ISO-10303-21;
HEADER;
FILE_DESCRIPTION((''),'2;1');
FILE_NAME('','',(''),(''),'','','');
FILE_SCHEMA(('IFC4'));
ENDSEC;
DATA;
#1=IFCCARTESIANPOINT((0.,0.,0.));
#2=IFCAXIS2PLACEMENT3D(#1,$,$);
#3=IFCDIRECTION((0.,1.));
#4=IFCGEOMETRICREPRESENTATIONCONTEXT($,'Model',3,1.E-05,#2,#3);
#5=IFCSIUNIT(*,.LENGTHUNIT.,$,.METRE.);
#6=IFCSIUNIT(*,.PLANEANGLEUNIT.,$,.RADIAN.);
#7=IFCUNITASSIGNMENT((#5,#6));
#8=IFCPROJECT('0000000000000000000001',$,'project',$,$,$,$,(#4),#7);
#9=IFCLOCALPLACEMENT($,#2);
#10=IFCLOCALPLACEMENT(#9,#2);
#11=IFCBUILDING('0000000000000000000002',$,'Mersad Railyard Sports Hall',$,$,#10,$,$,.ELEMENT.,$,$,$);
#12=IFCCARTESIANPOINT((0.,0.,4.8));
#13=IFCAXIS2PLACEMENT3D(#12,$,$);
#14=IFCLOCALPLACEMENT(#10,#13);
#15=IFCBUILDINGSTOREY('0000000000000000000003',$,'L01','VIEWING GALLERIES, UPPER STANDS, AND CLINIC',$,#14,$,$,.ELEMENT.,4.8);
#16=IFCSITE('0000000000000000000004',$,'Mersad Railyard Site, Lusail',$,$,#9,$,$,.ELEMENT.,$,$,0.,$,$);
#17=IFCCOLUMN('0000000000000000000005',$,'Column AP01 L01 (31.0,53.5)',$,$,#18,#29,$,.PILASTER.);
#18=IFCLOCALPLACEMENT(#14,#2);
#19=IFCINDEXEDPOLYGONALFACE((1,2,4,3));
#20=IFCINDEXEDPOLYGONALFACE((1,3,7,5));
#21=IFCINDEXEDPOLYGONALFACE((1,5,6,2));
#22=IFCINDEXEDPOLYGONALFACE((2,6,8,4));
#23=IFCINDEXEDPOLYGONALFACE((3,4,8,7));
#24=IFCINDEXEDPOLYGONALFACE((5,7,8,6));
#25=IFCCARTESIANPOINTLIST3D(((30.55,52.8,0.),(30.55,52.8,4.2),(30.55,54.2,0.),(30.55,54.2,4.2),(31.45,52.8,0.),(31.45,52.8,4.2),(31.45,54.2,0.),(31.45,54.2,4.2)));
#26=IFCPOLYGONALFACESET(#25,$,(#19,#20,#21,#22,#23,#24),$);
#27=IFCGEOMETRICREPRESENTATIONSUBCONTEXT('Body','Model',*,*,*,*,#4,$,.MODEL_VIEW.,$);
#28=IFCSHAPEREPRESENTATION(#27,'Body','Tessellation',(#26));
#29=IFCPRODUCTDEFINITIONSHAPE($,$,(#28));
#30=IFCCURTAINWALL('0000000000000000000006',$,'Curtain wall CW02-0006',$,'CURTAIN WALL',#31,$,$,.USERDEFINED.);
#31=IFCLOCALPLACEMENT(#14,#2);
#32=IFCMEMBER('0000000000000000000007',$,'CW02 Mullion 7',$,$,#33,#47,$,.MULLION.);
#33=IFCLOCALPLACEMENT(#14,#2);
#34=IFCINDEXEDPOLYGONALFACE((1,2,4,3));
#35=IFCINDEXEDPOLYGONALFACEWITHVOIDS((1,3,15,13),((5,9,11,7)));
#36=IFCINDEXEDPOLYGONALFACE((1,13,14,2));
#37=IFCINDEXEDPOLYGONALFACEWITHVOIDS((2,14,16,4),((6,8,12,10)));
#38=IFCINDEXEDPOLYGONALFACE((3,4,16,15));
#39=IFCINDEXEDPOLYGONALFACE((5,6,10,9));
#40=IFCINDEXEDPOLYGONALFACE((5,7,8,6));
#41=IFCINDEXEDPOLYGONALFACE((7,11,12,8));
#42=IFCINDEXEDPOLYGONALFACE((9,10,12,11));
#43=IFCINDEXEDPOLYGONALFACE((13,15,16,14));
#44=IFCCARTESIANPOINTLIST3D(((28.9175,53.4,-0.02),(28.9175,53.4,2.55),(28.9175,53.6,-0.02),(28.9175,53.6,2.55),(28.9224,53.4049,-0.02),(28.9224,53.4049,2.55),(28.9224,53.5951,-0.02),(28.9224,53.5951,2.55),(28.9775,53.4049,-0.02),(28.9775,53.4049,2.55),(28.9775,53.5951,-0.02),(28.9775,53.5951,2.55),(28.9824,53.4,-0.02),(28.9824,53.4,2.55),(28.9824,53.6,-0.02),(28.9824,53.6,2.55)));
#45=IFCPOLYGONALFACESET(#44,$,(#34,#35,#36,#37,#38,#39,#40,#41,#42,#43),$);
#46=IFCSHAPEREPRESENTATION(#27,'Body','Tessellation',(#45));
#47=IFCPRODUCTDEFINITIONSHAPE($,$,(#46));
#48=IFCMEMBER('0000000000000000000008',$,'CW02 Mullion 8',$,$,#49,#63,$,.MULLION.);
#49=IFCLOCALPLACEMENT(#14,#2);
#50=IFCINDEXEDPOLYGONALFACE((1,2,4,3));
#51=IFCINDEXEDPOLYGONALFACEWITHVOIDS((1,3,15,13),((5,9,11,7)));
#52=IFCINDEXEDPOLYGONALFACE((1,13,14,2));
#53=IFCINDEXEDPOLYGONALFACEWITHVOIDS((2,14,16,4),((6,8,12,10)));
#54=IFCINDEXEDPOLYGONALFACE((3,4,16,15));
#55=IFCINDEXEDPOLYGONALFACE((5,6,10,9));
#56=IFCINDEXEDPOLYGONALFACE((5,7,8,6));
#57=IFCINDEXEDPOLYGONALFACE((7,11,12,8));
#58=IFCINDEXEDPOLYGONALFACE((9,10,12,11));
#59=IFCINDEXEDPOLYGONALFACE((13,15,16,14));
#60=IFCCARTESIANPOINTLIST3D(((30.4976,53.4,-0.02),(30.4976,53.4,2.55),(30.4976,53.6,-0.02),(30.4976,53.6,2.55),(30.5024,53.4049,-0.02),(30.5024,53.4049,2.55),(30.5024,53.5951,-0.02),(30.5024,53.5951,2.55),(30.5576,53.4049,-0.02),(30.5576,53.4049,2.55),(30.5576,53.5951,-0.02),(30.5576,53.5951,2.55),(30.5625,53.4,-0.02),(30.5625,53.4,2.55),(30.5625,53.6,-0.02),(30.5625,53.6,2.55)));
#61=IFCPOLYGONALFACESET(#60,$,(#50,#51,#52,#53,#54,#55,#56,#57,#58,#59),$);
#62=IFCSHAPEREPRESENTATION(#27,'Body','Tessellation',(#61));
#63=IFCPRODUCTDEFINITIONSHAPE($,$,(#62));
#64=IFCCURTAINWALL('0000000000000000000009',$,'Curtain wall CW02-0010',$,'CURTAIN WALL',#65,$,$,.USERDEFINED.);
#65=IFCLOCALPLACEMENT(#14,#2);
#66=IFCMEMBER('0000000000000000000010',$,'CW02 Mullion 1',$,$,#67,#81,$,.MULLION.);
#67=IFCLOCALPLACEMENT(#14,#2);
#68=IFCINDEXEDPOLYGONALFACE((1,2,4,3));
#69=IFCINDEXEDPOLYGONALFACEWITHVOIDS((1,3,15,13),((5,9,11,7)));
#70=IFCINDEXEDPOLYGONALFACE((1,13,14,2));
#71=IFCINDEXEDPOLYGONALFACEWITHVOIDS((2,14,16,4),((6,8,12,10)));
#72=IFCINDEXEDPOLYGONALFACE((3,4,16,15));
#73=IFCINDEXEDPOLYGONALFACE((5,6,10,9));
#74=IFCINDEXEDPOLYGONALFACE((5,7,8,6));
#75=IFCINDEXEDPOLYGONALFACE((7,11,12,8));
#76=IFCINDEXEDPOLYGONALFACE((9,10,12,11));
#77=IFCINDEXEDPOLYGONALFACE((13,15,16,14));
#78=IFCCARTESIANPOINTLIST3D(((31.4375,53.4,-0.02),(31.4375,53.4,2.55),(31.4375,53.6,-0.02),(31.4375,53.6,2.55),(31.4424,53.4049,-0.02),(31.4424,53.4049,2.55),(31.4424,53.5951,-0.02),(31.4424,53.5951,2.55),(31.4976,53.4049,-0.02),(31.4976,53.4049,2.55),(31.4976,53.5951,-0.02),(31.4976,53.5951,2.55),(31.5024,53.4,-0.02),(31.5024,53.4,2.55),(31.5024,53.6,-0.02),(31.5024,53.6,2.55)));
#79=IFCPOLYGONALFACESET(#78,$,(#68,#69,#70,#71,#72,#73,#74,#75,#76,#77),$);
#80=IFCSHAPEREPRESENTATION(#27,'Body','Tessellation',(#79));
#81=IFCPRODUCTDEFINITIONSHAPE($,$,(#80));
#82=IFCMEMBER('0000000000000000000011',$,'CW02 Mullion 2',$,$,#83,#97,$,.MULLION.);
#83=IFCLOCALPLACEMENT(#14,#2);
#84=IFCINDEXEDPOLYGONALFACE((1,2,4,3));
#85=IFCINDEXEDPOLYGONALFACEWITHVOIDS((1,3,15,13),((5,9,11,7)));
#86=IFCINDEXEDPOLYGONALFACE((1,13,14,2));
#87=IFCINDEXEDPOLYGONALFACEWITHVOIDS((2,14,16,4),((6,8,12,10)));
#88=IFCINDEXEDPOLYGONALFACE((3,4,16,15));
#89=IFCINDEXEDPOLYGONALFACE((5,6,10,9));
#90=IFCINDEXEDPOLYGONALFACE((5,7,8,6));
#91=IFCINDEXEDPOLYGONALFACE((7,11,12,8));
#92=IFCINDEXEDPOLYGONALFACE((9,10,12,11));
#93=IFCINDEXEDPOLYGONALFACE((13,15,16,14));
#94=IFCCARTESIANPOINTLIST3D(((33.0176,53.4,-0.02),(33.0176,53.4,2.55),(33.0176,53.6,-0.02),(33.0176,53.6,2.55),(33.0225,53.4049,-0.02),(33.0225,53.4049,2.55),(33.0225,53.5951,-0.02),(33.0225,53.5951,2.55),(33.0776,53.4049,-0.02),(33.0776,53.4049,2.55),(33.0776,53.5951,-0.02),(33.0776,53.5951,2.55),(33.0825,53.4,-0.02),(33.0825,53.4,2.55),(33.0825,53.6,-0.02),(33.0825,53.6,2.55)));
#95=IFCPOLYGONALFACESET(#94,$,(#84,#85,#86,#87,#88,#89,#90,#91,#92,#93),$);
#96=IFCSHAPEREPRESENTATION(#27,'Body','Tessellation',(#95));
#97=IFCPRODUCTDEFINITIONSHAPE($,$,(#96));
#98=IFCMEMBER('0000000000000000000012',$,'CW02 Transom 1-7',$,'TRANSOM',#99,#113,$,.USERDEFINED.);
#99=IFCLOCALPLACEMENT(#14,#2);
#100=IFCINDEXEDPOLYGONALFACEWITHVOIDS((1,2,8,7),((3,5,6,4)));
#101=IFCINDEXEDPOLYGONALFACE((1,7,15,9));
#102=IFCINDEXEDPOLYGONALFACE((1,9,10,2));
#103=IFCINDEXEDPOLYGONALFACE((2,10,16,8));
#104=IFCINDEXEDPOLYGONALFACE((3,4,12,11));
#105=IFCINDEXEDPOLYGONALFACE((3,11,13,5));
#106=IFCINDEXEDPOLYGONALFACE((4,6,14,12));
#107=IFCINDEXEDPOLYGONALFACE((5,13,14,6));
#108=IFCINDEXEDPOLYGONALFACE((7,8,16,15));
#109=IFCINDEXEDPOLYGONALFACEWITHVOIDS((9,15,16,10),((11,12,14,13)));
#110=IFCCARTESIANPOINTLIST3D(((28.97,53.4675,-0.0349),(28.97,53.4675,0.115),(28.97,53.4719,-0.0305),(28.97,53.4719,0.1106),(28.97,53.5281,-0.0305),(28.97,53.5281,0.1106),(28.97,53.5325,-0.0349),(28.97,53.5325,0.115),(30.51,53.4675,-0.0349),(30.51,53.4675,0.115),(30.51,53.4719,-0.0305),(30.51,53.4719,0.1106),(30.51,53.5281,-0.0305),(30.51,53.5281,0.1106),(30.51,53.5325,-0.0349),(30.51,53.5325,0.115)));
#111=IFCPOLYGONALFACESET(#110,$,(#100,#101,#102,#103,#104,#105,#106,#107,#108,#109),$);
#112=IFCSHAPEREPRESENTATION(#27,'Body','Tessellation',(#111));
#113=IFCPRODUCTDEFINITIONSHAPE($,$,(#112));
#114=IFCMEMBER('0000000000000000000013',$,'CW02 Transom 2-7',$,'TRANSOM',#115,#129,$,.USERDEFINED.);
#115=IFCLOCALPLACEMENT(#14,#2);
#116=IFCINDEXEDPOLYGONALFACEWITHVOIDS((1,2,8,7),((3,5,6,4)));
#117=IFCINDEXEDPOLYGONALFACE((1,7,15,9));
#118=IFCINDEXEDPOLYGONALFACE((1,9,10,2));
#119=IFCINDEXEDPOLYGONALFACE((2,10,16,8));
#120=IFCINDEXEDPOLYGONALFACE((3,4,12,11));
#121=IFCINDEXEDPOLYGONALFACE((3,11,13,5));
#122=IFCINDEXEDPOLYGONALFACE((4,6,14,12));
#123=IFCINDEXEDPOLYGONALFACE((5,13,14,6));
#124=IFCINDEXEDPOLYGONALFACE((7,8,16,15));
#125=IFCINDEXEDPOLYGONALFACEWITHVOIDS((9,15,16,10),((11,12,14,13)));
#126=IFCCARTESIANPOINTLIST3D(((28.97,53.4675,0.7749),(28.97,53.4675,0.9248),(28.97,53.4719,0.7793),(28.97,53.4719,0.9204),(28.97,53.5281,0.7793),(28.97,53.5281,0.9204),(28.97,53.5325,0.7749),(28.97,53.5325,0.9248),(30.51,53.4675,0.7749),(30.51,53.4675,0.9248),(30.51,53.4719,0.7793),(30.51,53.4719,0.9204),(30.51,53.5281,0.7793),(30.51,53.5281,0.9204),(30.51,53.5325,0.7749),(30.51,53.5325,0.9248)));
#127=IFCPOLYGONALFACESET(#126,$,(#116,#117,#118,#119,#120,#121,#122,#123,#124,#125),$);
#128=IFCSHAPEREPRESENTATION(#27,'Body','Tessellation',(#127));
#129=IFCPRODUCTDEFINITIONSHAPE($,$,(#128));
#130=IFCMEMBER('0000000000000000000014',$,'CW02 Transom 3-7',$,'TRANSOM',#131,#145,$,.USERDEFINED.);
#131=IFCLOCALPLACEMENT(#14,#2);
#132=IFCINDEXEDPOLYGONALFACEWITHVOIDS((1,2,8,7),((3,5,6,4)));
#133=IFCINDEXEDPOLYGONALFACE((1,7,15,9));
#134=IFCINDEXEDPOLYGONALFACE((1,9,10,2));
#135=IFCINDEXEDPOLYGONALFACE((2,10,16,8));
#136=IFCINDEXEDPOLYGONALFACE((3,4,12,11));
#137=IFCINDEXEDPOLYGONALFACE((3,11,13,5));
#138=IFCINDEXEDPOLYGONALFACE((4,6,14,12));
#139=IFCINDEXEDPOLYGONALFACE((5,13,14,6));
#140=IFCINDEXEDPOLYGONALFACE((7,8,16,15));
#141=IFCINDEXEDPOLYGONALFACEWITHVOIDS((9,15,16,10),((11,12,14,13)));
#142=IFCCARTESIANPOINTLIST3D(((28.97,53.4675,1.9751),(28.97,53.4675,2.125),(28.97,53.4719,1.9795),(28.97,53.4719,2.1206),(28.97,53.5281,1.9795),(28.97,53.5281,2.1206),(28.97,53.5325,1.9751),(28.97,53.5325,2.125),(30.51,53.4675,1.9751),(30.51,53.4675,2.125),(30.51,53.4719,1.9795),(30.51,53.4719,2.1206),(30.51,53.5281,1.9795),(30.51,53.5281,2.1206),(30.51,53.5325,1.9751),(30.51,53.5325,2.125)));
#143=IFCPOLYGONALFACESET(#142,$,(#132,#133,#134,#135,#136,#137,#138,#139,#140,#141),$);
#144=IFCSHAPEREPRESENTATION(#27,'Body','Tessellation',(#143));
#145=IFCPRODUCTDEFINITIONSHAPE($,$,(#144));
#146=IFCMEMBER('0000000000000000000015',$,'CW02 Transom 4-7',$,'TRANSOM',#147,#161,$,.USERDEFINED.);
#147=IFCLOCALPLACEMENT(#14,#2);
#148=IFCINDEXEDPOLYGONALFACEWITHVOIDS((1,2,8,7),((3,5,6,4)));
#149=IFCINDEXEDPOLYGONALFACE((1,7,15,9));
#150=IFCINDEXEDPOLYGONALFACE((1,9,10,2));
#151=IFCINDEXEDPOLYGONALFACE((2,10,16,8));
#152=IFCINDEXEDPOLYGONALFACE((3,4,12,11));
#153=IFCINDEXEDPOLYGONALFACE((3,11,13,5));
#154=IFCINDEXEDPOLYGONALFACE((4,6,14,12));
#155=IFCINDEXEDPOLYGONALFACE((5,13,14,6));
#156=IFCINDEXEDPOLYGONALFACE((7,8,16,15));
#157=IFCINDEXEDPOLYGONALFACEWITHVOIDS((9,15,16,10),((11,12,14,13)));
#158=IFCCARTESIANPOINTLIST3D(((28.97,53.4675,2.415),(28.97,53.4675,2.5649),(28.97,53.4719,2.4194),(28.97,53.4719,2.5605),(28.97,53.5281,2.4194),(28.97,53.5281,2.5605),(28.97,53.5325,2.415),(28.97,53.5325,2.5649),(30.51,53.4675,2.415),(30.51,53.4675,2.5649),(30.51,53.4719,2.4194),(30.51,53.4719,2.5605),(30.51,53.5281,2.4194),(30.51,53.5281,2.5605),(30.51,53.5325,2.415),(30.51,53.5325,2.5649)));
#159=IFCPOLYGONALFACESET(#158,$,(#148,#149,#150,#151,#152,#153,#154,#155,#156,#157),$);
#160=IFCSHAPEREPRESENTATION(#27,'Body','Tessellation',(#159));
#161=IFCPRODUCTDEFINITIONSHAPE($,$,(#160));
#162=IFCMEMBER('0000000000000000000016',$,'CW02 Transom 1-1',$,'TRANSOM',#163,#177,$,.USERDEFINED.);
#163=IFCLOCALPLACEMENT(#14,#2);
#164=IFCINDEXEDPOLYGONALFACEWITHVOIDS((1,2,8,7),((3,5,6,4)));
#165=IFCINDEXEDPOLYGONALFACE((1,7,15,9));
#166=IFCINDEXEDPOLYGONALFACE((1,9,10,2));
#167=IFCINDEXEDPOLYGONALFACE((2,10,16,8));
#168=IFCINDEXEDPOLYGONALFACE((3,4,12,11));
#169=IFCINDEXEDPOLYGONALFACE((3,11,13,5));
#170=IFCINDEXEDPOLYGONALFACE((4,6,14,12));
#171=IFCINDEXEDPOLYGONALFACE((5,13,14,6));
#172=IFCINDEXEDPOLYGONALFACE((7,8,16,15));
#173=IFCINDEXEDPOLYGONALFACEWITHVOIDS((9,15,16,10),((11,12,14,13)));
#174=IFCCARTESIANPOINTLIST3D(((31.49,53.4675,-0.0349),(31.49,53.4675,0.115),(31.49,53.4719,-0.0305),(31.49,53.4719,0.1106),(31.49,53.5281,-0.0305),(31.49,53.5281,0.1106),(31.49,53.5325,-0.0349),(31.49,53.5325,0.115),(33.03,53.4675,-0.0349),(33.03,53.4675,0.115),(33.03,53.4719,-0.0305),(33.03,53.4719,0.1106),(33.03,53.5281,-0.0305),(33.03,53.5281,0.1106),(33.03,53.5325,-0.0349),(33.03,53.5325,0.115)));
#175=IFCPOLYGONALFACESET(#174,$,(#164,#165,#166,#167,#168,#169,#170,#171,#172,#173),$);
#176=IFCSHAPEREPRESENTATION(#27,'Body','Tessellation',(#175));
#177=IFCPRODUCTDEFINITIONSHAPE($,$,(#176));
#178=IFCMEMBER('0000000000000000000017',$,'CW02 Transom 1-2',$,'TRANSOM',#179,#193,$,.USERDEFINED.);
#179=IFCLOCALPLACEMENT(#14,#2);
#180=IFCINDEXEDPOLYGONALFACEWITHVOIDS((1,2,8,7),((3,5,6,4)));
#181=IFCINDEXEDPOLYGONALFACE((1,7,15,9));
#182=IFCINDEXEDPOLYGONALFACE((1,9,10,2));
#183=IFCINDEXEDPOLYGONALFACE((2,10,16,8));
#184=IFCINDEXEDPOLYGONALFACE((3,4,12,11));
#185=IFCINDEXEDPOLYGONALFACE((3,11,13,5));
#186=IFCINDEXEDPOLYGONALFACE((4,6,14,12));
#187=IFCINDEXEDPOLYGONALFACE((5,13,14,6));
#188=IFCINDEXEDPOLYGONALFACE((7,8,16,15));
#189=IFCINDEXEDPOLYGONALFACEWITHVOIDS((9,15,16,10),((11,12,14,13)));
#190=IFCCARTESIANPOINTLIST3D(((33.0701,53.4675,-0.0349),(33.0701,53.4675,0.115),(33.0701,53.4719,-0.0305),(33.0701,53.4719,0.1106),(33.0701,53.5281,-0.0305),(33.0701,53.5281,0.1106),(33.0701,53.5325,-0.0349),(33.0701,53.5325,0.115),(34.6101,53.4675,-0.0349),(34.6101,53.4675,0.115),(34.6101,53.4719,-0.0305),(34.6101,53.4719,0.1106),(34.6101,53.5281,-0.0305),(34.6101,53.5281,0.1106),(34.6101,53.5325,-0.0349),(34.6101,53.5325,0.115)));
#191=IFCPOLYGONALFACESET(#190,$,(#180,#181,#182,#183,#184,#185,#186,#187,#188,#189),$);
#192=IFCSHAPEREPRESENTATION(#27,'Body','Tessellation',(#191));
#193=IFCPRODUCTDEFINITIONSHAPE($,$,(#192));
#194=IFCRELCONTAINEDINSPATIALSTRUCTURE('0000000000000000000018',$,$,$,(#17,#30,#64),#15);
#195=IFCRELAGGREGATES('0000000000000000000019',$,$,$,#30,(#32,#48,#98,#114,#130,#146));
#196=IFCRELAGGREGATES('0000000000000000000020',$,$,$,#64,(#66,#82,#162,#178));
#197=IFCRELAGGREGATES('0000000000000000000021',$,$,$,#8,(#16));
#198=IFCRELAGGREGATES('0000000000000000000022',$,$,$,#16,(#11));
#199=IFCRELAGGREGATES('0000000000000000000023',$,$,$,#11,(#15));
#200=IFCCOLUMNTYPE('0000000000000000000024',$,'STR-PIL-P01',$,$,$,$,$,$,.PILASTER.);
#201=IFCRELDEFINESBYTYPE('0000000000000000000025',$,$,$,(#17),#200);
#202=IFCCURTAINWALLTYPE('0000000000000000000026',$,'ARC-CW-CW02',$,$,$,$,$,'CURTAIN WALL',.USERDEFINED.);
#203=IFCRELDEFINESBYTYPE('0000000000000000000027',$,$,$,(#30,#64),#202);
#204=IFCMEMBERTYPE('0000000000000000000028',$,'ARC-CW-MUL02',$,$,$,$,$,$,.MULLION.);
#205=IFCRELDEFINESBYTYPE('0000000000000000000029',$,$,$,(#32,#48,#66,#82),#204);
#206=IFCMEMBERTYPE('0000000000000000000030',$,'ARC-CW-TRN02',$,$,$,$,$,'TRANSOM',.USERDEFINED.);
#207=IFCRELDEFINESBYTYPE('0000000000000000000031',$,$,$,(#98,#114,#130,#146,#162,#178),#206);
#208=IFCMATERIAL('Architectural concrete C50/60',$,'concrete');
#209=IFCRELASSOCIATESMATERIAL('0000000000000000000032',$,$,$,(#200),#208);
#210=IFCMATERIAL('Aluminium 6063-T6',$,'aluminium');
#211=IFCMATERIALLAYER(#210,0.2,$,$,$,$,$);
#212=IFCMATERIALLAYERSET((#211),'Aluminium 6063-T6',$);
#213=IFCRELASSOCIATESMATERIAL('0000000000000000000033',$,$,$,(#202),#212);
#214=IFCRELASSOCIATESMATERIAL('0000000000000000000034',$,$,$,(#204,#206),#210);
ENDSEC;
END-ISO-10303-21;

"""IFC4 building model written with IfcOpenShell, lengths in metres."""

from ifc_helpers import new_model, si_unit, direction, frame, origin, origin_2d, place, context, subcontext, project, spatial, rectangle, hollow_rectangle, extrude, material, layer, layer_set, material_profile, profile_set, type_object, element, aggregate, save


model = new_model("IFC4")

# Units and contexts
model_context = context("Model", 3, precision=1e-05, world=origin(), true_north=direction((0.0, 1.0)))
body_context = subcontext(model_context, "Body", "Model", "MODEL_VIEW")
ifc_project = project(units=[si_unit("LENGTHUNIT", "METRE"), si_unit("PLANEANGLEUNIT", "RADIAN")], contexts=[model_context])

# Site, building, storey
site_placement = place(None, origin())
site = spatial("IfcSite", under=ifc_project, at=site_placement, Name="Mersad Railyard Site, Lusail", CompositionType="ELEMENT", RefElevation=0.0)
building_placement = place(site_placement, origin())
building = spatial("IfcBuilding", under=site, at=building_placement, Name="Mersad Railyard Sports Hall", CompositionType="ELEMENT")
storey_placement = place(building_placement, frame((0.0, 0.0, 4.8)))
storey = spatial("IfcBuildingStorey", under=building, at=storey_placement, Name="L01", Description="VIEWING GALLERIES, UPPER STANDS, AND CLINIC", CompositionType="ELEMENT", Elevation=4.8)

# Column
ifc_material_1 = material(Name="Architectural concrete C50/60", Category="concrete")
ifc_material_profile_1 = material_profile(ifc_material_1, rectangle(XDim=0.8999, YDim=1.3999, at=origin_2d()), Name="RC 900x1400")
ifc_profile_set_1 = profile_set([ifc_material_profile_1], Name="Architectural concrete C50/60")
column_type = type_object("IfcColumnType", Name="STR-PIL-P01", PredefinedType="PILASTER", material=ifc_profile_set_1)
column_placement = place(storey_placement, frame((31.0, 53.5, 0.0), z_axis=(0.0, 0.0, 1.0), x_axis=(1.0, 0.0, 0.0)))
element("IfcColumn", 1, at=column_placement, inside=storey, type_object=column_type, Name="Column AP01 L01 (31.0,53.5)", PredefinedType="PILASTER", context=body_context, shape_type="SweptSolid", body=[
    extrude(rectangle(XDim=0.8999, YDim=1.3999, at=origin_2d()), origin(), (0.0, 0.0, 1.0), 4.2),
])

# Curtain walls, members
ifc_material_2 = material(Name="Aluminium 6063-T6", Category="aluminium")
ifc_layer_1 = layer(ifc_material_2, 0.2)
ifc_layer_set_1 = layer_set([ifc_layer_1], Name="Aluminium 6063-T6")
curtain_wall_type = type_object("IfcCurtainWallType", Name="ARC-CW-CW02", ElementType="CURTAIN WALL", PredefinedType="USERDEFINED", material=ifc_layer_set_1)
curtain_wall_1_placement = place(storey_placement, origin())
curtain_wall_1 = element("IfcCurtainWall", 2, at=curtain_wall_1_placement, inside=storey, type_object=curtain_wall_type, Name="Curtain wall CW02-0006", ObjectType="CURTAIN WALL", PredefinedType="USERDEFINED")
ifc_material_profile_2 = material_profile(ifc_material_2, hollow_rectangle(XDim=0.0649, YDim=0.2, WallThickness=0.0049, at=origin_2d()), Name="AL MULLION 65x200x5")
ifc_profile_set_2 = profile_set([ifc_material_profile_2], Name="Aluminium 6063-T6")
member_type_1 = type_object("IfcMemberType", Name="ARC-CW-MUL02", PredefinedType="MULLION", material=ifc_profile_set_2)
member_1_placement = place(storey_placement, frame((28.95, 53.5, -0.02), z_axis=(0.0, 0.0, 1.0), x_axis=(1.0, 0.0, 0.0)))
member_1 = element("IfcMember", 3, at=member_1_placement, type_object=member_type_1, Name="CW02 Mullion 7", PredefinedType="MULLION", context=body_context, shape_type="SweptSolid", body=[
    extrude(hollow_rectangle(XDim=0.0649, YDim=0.2, WallThickness=0.0049, at=origin_2d()), origin(), (0.0, 0.0, 1.0), 2.5701),
])
member_2_placement = place(storey_placement, frame((30.53, 53.5, -0.02), z_axis=(0.0, 0.0, 1.0), x_axis=(1.0, 0.0, 0.0)))
member_2 = element("IfcMember", 4, at=member_2_placement, type_object=member_type_1, Name="CW02 Mullion 8", PredefinedType="MULLION", context=body_context, shape_type="SweptSolid", body=[
    extrude(hollow_rectangle(XDim=0.0649, YDim=0.2, WallThickness=0.0049, at=origin_2d()), origin(), (0.0, 0.0, 1.0), 2.5701),
])
curtain_wall_2_placement = place(storey_placement, origin())
curtain_wall_2 = element("IfcCurtainWall", 5, at=curtain_wall_2_placement, inside=storey, type_object=curtain_wall_type, Name="Curtain wall CW02-0010", ObjectType="CURTAIN WALL", PredefinedType="USERDEFINED")
member_3_placement = place(storey_placement, frame((31.47, 53.5, -0.02), z_axis=(0.0, 0.0, 1.0), x_axis=(1.0, 0.0, 0.0)))
member_3 = element("IfcMember", 6, at=member_3_placement, type_object=member_type_1, Name="CW02 Mullion 1", PredefinedType="MULLION", context=body_context, shape_type="SweptSolid", body=[
    extrude(hollow_rectangle(XDim=0.0649, YDim=0.2, WallThickness=0.0049, at=origin_2d()), origin(), (0.0, 0.0, 1.0), 2.5701),
])
member_4_placement = place(storey_placement, frame((33.05, 53.5, -0.02), z_axis=(0.0, 0.0, 1.0), x_axis=(1.0, 0.0, 0.0)))
member_4 = element("IfcMember", 7, at=member_4_placement, type_object=member_type_1, Name="CW02 Mullion 2", PredefinedType="MULLION", context=body_context, shape_type="SweptSolid", body=[
    extrude(hollow_rectangle(XDim=0.0649, YDim=0.2, WallThickness=0.0049, at=origin_2d()), origin(), (0.0, 0.0, 1.0), 2.5701),
])

# Members
ifc_material_profile_3 = material_profile(ifc_material_2, hollow_rectangle(XDim=0.0649, YDim=0.1499, WallThickness=0.0044, at=origin_2d()), Name="AL TRANSOM 65x150x4.5")
ifc_profile_set_3 = profile_set([ifc_material_profile_3], Name="Aluminium 6063-T6")
member_type_2 = type_object("IfcMemberType", Name="ARC-CW-TRN02", ElementType="TRANSOM", PredefinedType="USERDEFINED", material=ifc_profile_set_3)
member_5_placement = place(storey_placement, frame((28.97, 53.5, 0.04), z_axis=(1.0, 0.0, 0.0), x_axis=(0.0, 1.0, 0.0)))
member_5 = element("IfcMember", 8, at=member_5_placement, type_object=member_type_2, Name="CW02 Transom 1-7", ObjectType="TRANSOM", PredefinedType="USERDEFINED", context=body_context, shape_type="SweptSolid", body=[
    extrude(hollow_rectangle(XDim=0.0649, YDim=0.1499, WallThickness=0.0044, at=origin_2d()), origin(), (0.0, 0.0, 1.0), 1.54),
])
member_6_placement = place(storey_placement, frame((28.97, 53.5, 0.8499), z_axis=(1.0, 0.0, 0.0), x_axis=(0.0, 1.0, 0.0)))
member_6 = element("IfcMember", 9, at=member_6_placement, type_object=member_type_2, Name="CW02 Transom 2-7", ObjectType="TRANSOM", PredefinedType="USERDEFINED", context=body_context, shape_type="SweptSolid", body=[
    extrude(hollow_rectangle(XDim=0.0649, YDim=0.1499, WallThickness=0.0044, at=origin_2d()), origin(), (0.0, 0.0, 1.0), 1.54),
])
member_7_placement = place(storey_placement, frame((28.97, 53.5, 2.05), z_axis=(1.0, 0.0, 0.0), x_axis=(0.0, 1.0, 0.0)))
member_7 = element("IfcMember", 10, at=member_7_placement, type_object=member_type_2, Name="CW02 Transom 3-7", ObjectType="TRANSOM", PredefinedType="USERDEFINED", context=body_context, shape_type="SweptSolid", body=[
    extrude(hollow_rectangle(XDim=0.0649, YDim=0.1499, WallThickness=0.0044, at=origin_2d()), origin(), (0.0, 0.0, 1.0), 1.54),
])
member_8_placement = place(storey_placement, frame((28.97, 53.5, 2.49), z_axis=(1.0, 0.0, 0.0), x_axis=(0.0, 1.0, 0.0)))
member_8 = element("IfcMember", 11, at=member_8_placement, type_object=member_type_2, Name="CW02 Transom 4-7", ObjectType="TRANSOM", PredefinedType="USERDEFINED", context=body_context, shape_type="SweptSolid", body=[
    extrude(hollow_rectangle(XDim=0.0649, YDim=0.1499, WallThickness=0.0044, at=origin_2d()), origin(), (0.0, 0.0, 1.0), 1.54),
])
member_9_placement = place(storey_placement, frame((31.49, 53.5, 0.04), z_axis=(1.0, 0.0, 0.0), x_axis=(0.0, 1.0, 0.0)))
member_9 = element("IfcMember", 12, at=member_9_placement, type_object=member_type_2, Name="CW02 Transom 1-1", ObjectType="TRANSOM", PredefinedType="USERDEFINED", context=body_context, shape_type="SweptSolid", body=[
    extrude(hollow_rectangle(XDim=0.0649, YDim=0.1499, WallThickness=0.0044, at=origin_2d()), origin(), (0.0, 0.0, 1.0), 1.54),
])
member_10_placement = place(storey_placement, frame((33.0701, 53.5, 0.04), z_axis=(1.0, 0.0, 0.0), x_axis=(0.0, 1.0, 0.0)))
member_10 = element("IfcMember", 13, at=member_10_placement, type_object=member_type_2, Name="CW02 Transom 1-2", ObjectType="TRANSOM", PredefinedType="USERDEFINED", context=body_context, shape_type="SweptSolid", body=[
    extrude(hollow_rectangle(XDim=0.0649, YDim=0.1499, WallThickness=0.0044, at=origin_2d()), origin(), (0.0, 0.0, 1.0), 1.54),
])

aggregate(curtain_wall_1, [member_1, member_2, member_5, member_6, member_7, member_8])
aggregate(curtain_wall_2, [member_3, member_4, member_9, member_10])

save(model, "model.ifc")
